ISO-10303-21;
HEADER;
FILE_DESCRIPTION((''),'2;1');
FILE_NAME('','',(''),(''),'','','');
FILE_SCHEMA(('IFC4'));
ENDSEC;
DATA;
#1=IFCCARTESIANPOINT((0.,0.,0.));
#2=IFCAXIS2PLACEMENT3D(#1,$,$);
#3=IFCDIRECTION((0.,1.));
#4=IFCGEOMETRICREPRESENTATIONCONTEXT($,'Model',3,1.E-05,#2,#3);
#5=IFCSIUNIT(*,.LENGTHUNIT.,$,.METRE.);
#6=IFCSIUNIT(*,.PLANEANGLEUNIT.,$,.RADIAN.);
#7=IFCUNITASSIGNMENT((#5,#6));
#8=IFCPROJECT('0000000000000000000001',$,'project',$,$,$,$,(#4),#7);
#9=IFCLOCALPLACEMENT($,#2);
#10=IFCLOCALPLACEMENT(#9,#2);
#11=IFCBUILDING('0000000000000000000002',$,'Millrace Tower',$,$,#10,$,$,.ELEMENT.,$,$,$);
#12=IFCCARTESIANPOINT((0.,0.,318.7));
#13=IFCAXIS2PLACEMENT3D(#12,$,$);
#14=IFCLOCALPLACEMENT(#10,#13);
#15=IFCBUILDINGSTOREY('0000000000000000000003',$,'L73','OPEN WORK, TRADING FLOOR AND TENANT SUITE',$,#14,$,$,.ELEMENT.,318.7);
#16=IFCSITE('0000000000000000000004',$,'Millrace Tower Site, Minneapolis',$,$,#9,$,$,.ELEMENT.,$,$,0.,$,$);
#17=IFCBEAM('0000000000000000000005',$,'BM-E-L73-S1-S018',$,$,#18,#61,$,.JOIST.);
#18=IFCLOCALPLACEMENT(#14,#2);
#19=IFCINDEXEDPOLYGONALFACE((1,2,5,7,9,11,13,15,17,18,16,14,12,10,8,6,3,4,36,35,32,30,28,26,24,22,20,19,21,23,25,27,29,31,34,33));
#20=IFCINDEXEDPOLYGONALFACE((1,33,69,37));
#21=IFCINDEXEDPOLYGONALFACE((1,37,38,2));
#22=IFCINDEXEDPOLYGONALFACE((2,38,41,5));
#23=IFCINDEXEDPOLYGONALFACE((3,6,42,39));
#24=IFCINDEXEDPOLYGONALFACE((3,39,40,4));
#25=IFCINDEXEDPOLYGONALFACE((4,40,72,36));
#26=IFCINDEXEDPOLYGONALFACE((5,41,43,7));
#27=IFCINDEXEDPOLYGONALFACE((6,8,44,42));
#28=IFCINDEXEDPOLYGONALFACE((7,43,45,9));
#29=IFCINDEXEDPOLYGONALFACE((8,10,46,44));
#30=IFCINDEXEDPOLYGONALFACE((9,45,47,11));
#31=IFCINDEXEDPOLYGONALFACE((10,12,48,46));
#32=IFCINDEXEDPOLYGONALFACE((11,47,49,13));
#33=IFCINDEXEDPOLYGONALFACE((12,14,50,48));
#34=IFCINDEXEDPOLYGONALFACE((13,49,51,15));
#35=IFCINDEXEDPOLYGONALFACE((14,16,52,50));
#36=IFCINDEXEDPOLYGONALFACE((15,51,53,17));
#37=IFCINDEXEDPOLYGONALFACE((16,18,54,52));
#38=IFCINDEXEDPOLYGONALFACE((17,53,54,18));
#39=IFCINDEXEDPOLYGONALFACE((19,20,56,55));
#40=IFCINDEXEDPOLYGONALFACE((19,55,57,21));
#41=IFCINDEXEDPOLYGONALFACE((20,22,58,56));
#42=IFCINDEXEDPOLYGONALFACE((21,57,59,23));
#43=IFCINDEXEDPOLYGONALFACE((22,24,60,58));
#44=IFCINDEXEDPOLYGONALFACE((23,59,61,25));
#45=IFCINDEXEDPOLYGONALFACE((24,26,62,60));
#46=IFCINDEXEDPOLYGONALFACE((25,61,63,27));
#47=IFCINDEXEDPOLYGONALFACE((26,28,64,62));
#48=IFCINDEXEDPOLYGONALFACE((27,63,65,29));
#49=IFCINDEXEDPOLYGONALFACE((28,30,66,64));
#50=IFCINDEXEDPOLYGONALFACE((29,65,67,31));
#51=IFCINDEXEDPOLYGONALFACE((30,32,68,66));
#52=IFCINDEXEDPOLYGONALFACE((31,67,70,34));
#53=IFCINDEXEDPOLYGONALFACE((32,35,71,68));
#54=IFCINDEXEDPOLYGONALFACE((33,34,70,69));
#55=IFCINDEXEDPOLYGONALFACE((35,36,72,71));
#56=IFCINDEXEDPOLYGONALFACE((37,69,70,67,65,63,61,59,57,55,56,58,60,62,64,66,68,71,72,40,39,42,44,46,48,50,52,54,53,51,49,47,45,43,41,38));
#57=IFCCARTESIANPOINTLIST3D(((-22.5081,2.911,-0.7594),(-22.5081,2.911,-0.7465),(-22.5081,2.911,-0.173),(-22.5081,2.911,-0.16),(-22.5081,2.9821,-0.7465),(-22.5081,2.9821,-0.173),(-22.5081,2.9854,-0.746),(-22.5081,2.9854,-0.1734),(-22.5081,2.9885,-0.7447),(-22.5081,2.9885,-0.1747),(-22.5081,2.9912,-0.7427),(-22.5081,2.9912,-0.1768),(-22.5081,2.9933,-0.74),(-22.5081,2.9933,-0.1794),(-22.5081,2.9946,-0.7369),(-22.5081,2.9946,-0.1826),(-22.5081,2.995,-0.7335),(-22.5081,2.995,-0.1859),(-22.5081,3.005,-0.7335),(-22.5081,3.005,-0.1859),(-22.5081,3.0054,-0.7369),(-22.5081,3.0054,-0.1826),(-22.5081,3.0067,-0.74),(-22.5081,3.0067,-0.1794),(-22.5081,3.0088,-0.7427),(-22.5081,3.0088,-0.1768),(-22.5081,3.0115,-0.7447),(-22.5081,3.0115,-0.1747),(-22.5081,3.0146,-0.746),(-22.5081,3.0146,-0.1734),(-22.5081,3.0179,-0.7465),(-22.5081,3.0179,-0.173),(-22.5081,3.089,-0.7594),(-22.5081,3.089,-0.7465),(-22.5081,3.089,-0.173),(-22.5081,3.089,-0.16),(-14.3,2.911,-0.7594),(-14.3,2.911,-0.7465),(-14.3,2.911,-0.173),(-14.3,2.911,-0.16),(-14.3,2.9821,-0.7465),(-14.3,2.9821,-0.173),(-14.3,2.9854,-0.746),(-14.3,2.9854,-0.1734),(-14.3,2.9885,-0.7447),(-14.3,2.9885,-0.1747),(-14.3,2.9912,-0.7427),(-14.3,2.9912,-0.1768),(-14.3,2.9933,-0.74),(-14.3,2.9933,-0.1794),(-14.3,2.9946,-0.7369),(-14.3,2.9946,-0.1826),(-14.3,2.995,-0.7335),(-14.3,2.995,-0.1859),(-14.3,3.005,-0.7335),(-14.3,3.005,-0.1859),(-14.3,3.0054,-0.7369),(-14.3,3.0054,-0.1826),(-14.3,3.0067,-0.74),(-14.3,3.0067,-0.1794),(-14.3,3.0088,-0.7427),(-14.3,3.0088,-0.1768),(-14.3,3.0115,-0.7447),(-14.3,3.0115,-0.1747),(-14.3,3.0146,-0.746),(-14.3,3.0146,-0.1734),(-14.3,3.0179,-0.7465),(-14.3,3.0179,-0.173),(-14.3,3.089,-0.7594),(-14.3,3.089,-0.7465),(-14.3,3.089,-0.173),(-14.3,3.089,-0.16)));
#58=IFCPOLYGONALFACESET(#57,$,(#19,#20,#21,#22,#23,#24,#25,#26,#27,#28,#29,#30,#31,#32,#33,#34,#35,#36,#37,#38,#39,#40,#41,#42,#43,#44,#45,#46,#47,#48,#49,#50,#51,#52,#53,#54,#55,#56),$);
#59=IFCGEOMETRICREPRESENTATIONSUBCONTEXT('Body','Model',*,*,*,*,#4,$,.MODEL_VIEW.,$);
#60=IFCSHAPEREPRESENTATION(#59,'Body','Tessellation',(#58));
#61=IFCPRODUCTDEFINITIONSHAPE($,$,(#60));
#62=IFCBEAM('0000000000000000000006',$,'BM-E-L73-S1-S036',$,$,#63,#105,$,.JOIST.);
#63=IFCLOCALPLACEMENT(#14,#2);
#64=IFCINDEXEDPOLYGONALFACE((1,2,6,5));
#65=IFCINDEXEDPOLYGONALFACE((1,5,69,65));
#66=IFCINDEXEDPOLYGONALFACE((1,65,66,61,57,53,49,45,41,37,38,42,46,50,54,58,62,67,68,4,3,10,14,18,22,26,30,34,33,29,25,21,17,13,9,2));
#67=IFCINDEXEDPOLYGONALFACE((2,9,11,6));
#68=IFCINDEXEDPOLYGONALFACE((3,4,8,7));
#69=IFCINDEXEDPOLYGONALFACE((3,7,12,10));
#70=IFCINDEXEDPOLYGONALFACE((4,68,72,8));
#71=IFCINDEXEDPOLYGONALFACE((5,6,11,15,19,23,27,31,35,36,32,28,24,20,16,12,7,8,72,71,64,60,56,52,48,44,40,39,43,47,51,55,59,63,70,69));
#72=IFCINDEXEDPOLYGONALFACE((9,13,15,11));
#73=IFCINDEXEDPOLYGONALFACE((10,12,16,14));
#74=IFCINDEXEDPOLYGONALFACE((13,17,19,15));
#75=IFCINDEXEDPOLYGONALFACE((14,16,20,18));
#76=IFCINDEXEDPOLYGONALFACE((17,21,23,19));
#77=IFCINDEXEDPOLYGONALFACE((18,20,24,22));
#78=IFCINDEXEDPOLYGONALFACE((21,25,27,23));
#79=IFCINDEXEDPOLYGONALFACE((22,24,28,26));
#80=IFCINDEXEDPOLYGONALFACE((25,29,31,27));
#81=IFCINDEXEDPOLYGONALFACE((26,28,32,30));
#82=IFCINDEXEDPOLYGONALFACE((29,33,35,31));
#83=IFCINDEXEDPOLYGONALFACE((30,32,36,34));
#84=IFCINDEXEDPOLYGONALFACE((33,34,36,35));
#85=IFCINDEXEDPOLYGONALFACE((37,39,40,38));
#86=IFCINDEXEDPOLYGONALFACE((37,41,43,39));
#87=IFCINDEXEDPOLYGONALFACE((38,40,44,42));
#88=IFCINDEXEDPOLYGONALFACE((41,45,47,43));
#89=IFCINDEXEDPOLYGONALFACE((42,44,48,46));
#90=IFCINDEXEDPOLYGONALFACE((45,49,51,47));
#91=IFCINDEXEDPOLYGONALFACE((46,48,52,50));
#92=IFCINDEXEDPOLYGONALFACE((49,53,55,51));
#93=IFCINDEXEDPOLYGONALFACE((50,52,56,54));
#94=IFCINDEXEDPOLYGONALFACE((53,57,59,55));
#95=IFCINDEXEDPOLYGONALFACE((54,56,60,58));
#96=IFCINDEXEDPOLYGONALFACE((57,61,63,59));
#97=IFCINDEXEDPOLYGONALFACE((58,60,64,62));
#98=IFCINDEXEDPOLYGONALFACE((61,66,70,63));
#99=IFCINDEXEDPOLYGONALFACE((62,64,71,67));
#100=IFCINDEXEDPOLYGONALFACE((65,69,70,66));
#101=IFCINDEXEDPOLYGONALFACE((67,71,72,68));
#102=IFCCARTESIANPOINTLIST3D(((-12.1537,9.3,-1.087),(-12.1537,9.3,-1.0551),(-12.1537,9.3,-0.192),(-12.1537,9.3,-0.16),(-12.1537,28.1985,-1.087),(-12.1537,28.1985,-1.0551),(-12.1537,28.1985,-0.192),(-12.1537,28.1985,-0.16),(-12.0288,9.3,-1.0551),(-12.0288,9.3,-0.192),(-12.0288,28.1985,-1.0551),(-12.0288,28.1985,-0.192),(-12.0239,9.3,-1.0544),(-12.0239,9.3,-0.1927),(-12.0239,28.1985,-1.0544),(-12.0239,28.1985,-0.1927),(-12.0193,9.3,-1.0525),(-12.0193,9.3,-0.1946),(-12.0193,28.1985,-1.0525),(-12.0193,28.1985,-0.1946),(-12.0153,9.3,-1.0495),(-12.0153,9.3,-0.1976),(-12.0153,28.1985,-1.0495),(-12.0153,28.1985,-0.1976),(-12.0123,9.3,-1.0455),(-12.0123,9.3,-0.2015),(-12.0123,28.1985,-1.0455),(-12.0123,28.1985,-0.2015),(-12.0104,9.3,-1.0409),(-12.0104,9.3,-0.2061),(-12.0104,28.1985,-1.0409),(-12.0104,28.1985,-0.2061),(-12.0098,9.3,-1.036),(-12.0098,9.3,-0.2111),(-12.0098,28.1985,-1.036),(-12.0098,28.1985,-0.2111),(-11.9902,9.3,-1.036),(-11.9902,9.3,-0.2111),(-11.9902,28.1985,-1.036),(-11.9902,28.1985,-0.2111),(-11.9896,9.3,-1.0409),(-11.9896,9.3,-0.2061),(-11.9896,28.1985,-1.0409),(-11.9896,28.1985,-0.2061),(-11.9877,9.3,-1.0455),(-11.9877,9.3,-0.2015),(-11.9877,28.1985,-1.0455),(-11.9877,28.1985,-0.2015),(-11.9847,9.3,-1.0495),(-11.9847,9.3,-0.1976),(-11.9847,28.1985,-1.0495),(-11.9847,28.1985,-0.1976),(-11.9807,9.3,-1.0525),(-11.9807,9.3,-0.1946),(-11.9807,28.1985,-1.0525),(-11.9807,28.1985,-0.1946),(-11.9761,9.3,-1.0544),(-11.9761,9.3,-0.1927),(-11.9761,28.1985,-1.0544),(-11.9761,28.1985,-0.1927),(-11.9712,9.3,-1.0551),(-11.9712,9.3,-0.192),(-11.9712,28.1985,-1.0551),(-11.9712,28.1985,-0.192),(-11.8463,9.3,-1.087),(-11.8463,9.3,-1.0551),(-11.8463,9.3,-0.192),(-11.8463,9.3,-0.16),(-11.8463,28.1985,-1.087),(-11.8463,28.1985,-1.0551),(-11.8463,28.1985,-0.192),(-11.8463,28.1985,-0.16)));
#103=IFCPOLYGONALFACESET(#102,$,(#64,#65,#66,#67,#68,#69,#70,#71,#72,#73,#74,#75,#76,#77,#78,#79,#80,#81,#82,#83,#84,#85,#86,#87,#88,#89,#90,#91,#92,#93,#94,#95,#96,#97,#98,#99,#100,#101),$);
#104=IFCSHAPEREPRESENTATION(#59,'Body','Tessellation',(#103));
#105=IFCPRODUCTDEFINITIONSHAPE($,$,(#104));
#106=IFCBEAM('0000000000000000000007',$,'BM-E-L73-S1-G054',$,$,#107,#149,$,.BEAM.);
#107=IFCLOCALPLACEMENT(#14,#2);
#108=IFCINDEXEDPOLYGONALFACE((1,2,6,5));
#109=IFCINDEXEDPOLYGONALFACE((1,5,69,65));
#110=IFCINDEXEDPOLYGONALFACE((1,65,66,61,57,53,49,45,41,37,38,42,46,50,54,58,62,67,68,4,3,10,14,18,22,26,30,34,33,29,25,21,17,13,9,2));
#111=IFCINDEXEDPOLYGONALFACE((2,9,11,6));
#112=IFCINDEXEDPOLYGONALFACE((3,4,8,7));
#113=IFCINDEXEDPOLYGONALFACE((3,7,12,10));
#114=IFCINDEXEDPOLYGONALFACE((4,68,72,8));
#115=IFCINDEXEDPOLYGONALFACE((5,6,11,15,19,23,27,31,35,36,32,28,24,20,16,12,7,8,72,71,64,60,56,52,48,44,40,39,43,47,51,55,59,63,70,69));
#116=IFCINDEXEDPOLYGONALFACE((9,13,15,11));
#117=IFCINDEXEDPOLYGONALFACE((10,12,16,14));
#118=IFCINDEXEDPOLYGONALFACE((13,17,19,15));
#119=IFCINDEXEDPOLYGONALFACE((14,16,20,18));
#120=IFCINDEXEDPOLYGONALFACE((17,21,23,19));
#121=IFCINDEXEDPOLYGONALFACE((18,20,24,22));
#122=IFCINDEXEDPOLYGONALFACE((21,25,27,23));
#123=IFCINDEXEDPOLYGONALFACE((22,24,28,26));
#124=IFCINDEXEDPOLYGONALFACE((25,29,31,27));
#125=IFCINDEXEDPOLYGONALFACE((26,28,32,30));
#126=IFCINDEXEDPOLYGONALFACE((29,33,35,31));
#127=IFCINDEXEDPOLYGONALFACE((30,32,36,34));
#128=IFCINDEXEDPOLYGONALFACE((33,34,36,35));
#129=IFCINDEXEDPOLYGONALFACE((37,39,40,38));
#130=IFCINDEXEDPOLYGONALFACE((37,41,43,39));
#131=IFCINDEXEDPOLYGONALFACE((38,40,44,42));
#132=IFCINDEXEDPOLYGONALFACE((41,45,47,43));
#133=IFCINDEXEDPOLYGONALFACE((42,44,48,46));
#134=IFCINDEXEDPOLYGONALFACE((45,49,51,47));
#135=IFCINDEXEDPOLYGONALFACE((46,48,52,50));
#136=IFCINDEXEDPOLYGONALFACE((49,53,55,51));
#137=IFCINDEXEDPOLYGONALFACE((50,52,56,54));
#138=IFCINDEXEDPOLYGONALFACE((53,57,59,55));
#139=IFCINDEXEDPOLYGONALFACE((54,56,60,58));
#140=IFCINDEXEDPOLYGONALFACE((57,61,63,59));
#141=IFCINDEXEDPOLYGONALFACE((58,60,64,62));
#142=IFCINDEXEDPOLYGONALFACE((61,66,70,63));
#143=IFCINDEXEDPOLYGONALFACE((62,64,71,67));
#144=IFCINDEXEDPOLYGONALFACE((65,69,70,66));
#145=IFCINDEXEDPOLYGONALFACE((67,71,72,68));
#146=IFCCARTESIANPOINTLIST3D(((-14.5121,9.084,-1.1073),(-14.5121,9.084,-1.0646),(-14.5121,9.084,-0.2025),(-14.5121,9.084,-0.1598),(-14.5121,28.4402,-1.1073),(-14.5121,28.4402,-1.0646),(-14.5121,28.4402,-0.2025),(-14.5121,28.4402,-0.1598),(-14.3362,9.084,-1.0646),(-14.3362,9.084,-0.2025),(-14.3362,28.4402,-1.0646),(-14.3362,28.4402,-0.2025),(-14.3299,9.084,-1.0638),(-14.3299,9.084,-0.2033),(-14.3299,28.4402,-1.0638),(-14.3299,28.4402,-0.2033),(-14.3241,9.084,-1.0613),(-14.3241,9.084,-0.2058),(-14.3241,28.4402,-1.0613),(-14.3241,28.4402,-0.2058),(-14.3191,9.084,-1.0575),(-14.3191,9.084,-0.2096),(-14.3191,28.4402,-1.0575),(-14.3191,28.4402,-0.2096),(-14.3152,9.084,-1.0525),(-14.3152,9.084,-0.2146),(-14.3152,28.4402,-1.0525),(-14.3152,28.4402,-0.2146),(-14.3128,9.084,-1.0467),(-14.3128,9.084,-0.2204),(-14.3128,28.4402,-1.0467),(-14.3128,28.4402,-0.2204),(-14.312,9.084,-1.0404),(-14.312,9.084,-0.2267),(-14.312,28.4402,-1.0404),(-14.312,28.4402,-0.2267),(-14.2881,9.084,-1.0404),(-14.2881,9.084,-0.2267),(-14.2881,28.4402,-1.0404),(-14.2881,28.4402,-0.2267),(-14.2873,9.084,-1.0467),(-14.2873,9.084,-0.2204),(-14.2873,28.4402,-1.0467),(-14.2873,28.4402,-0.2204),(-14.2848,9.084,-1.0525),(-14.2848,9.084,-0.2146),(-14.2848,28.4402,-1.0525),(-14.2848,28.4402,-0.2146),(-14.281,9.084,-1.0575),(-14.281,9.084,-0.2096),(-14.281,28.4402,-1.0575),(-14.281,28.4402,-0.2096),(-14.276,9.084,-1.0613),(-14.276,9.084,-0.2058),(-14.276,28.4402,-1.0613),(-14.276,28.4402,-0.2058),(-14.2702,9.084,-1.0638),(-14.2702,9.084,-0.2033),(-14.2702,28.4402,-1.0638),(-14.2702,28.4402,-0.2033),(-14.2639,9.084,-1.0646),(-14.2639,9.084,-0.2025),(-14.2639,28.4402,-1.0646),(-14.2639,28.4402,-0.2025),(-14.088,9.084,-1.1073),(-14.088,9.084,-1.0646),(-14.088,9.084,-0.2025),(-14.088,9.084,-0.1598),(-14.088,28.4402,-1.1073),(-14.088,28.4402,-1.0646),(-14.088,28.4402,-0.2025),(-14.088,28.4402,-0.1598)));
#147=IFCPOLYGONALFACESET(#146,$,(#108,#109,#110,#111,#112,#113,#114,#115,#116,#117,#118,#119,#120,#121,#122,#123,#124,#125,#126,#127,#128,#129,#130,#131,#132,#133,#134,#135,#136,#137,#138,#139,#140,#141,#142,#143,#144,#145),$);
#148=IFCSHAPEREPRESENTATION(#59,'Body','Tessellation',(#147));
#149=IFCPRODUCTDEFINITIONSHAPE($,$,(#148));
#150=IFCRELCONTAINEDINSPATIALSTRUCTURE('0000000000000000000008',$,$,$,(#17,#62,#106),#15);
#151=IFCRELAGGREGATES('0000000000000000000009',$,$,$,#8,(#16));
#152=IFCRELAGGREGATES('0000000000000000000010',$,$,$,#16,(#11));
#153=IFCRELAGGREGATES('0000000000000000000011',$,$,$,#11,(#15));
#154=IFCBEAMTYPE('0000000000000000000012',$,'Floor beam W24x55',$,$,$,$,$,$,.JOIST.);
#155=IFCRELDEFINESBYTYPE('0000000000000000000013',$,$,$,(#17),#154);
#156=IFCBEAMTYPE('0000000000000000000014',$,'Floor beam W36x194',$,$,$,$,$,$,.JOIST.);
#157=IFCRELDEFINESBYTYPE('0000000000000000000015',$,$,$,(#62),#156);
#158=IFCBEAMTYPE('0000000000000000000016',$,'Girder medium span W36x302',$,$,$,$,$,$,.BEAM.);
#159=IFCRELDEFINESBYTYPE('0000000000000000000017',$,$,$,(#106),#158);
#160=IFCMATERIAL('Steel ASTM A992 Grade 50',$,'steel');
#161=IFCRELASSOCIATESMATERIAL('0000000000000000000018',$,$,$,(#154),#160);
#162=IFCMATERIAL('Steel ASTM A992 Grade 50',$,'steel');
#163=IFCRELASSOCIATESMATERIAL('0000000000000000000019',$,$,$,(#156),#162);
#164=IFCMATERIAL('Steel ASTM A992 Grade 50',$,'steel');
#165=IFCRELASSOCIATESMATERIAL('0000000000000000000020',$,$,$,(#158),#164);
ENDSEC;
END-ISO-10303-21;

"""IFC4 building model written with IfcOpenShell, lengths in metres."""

from ifc_helpers import new_model, si_unit, direction, frame, origin, origin_2d, place, context, subcontext, project, spatial, i_section, extrude, material, material_profile, profile_set, type_object, element, save


model = new_model("IFC4")

# Units and contexts
model_context = context("Model", 3, precision=1e-05, world=origin(), true_north=direction((0.0, 1.0)))
body_context = subcontext(model_context, "Body", "Model", "MODEL_VIEW")
ifc_project = project(units=[si_unit("LENGTHUNIT", "METRE"), si_unit("PLANEANGLEUNIT", "RADIAN")], contexts=[model_context])

# Site, building, storey
site_placement = place(None, origin())
site = spatial("IfcSite", under=ifc_project, at=site_placement, Name="Millrace Tower Site, Minneapolis", CompositionType="ELEMENT", RefElevation=0.0)
building_placement = place(site_placement, origin())
building = spatial("IfcBuilding", under=site, at=building_placement, Name="Millrace Tower", CompositionType="ELEMENT")
storey_placement = place(building_placement, frame((0.0, 0.0, 318.7)))
storey = spatial("IfcBuildingStorey", under=building, at=storey_placement, Name="L73", Description="OPEN WORK, TRADING FLOOR AND TENANT SUITE", CompositionType="ELEMENT", Elevation=318.7)

# Beams
ifc_material_1 = material(Name="Steel ASTM A992 Grade 50", Category="steel")
ifc_material_profile_1 = material_profile(ifc_material_1, i_section(OverallWidth=0.178, OverallDepth=0.5994, WebThickness=0.01, FlangeThickness=0.0129, FilletRadius=0.0129, at=origin_2d()))
ifc_profile_set_1 = profile_set([ifc_material_profile_1], Name="Steel ASTM A992 Grade 50")
beam_type_1 = type_object("IfcBeamType", Name="Floor beam W24x55", PredefinedType="JOIST", material=ifc_profile_set_1)
beam_1_placement = place(storey_placement, frame((-22.5081, 3.0, -0.4597), z_axis=(1.0, 0.0, 0.0), x_axis=(0.0, 1.0, 0.0)))
element("IfcBeam", 1, at=beam_1_placement, inside=storey, type_object=beam_type_1, Name="BM-E-L73-S1-S018", PredefinedType="JOIST", context=body_context, shape_type="SweptSolid", body=[
    extrude(i_section(OverallWidth=0.178, OverallDepth=0.5994, WebThickness=0.01, FlangeThickness=0.0129, FilletRadius=0.0129, at=origin_2d()), origin(), (0.0, 0.0, 1.0), 8.208),
])
ifc_material_2 = material(Name="Steel ASTM A992 Grade 50", Category="steel")
ifc_material_profile_2 = material_profile(ifc_material_2, i_section(OverallWidth=0.3074, OverallDepth=0.927, WebThickness=0.0195, FlangeThickness=0.032, FilletRadius=0.019, at=origin_2d()))
ifc_profile_set_2 = profile_set([ifc_material_profile_2], Name="Steel ASTM A992 Grade 50")
beam_type_2 = type_object("IfcBeamType", Name="Floor beam W36x194", PredefinedType="JOIST", material=ifc_profile_set_2)
beam_2_placement = place(storey_placement, frame((-12.0, 9.3, -0.6235), z_axis=(0.0, 1.0, 0.0), x_axis=(-1.0, 0.0, 0.0)))
element("IfcBeam", 2, at=beam_2_placement, inside=storey, type_object=beam_type_2, Name="BM-E-L73-S1-S036", PredefinedType="JOIST", context=body_context, shape_type="SweptSolid", body=[
    extrude(i_section(OverallWidth=0.3074, OverallDepth=0.927, WebThickness=0.0195, FlangeThickness=0.032, FilletRadius=0.019, at=origin_2d()), origin(), (0.0, 0.0, 1.0), 18.8984),
])
ifc_material_3 = material(Name="Steel ASTM A992 Grade 50", Category="steel")
ifc_material_profile_3 = material_profile(ifc_material_3, i_section(OverallWidth=0.4241, OverallDepth=0.9475, WebThickness=0.0239, FlangeThickness=0.0427, FilletRadius=0.0242, at=origin_2d()))
ifc_profile_set_3 = profile_set([ifc_material_profile_3], Name="Steel ASTM A992 Grade 50")
beam_type_3 = type_object("IfcBeamType", Name="Girder medium span W36x302", PredefinedType="BEAM", material=ifc_profile_set_3)
beam_3_placement = place(storey_placement, frame((-14.3, 9.084, -0.6335), z_axis=(0.0, 1.0, 0.0), x_axis=(-1.0, 0.0, 0.0)))
element("IfcBeam", 3, at=beam_3_placement, inside=storey, type_object=beam_type_3, Name="BM-E-L73-S1-G054", PredefinedType="BEAM", context=body_context, shape_type="SweptSolid", body=[
    extrude(i_section(OverallWidth=0.4241, OverallDepth=0.9475, WebThickness=0.0239, FlangeThickness=0.0427, FilletRadius=0.0242, at=origin_2d()), origin(), (0.0, 0.0, 1.0), 19.3562),
])

save(model, "model.ifc")
